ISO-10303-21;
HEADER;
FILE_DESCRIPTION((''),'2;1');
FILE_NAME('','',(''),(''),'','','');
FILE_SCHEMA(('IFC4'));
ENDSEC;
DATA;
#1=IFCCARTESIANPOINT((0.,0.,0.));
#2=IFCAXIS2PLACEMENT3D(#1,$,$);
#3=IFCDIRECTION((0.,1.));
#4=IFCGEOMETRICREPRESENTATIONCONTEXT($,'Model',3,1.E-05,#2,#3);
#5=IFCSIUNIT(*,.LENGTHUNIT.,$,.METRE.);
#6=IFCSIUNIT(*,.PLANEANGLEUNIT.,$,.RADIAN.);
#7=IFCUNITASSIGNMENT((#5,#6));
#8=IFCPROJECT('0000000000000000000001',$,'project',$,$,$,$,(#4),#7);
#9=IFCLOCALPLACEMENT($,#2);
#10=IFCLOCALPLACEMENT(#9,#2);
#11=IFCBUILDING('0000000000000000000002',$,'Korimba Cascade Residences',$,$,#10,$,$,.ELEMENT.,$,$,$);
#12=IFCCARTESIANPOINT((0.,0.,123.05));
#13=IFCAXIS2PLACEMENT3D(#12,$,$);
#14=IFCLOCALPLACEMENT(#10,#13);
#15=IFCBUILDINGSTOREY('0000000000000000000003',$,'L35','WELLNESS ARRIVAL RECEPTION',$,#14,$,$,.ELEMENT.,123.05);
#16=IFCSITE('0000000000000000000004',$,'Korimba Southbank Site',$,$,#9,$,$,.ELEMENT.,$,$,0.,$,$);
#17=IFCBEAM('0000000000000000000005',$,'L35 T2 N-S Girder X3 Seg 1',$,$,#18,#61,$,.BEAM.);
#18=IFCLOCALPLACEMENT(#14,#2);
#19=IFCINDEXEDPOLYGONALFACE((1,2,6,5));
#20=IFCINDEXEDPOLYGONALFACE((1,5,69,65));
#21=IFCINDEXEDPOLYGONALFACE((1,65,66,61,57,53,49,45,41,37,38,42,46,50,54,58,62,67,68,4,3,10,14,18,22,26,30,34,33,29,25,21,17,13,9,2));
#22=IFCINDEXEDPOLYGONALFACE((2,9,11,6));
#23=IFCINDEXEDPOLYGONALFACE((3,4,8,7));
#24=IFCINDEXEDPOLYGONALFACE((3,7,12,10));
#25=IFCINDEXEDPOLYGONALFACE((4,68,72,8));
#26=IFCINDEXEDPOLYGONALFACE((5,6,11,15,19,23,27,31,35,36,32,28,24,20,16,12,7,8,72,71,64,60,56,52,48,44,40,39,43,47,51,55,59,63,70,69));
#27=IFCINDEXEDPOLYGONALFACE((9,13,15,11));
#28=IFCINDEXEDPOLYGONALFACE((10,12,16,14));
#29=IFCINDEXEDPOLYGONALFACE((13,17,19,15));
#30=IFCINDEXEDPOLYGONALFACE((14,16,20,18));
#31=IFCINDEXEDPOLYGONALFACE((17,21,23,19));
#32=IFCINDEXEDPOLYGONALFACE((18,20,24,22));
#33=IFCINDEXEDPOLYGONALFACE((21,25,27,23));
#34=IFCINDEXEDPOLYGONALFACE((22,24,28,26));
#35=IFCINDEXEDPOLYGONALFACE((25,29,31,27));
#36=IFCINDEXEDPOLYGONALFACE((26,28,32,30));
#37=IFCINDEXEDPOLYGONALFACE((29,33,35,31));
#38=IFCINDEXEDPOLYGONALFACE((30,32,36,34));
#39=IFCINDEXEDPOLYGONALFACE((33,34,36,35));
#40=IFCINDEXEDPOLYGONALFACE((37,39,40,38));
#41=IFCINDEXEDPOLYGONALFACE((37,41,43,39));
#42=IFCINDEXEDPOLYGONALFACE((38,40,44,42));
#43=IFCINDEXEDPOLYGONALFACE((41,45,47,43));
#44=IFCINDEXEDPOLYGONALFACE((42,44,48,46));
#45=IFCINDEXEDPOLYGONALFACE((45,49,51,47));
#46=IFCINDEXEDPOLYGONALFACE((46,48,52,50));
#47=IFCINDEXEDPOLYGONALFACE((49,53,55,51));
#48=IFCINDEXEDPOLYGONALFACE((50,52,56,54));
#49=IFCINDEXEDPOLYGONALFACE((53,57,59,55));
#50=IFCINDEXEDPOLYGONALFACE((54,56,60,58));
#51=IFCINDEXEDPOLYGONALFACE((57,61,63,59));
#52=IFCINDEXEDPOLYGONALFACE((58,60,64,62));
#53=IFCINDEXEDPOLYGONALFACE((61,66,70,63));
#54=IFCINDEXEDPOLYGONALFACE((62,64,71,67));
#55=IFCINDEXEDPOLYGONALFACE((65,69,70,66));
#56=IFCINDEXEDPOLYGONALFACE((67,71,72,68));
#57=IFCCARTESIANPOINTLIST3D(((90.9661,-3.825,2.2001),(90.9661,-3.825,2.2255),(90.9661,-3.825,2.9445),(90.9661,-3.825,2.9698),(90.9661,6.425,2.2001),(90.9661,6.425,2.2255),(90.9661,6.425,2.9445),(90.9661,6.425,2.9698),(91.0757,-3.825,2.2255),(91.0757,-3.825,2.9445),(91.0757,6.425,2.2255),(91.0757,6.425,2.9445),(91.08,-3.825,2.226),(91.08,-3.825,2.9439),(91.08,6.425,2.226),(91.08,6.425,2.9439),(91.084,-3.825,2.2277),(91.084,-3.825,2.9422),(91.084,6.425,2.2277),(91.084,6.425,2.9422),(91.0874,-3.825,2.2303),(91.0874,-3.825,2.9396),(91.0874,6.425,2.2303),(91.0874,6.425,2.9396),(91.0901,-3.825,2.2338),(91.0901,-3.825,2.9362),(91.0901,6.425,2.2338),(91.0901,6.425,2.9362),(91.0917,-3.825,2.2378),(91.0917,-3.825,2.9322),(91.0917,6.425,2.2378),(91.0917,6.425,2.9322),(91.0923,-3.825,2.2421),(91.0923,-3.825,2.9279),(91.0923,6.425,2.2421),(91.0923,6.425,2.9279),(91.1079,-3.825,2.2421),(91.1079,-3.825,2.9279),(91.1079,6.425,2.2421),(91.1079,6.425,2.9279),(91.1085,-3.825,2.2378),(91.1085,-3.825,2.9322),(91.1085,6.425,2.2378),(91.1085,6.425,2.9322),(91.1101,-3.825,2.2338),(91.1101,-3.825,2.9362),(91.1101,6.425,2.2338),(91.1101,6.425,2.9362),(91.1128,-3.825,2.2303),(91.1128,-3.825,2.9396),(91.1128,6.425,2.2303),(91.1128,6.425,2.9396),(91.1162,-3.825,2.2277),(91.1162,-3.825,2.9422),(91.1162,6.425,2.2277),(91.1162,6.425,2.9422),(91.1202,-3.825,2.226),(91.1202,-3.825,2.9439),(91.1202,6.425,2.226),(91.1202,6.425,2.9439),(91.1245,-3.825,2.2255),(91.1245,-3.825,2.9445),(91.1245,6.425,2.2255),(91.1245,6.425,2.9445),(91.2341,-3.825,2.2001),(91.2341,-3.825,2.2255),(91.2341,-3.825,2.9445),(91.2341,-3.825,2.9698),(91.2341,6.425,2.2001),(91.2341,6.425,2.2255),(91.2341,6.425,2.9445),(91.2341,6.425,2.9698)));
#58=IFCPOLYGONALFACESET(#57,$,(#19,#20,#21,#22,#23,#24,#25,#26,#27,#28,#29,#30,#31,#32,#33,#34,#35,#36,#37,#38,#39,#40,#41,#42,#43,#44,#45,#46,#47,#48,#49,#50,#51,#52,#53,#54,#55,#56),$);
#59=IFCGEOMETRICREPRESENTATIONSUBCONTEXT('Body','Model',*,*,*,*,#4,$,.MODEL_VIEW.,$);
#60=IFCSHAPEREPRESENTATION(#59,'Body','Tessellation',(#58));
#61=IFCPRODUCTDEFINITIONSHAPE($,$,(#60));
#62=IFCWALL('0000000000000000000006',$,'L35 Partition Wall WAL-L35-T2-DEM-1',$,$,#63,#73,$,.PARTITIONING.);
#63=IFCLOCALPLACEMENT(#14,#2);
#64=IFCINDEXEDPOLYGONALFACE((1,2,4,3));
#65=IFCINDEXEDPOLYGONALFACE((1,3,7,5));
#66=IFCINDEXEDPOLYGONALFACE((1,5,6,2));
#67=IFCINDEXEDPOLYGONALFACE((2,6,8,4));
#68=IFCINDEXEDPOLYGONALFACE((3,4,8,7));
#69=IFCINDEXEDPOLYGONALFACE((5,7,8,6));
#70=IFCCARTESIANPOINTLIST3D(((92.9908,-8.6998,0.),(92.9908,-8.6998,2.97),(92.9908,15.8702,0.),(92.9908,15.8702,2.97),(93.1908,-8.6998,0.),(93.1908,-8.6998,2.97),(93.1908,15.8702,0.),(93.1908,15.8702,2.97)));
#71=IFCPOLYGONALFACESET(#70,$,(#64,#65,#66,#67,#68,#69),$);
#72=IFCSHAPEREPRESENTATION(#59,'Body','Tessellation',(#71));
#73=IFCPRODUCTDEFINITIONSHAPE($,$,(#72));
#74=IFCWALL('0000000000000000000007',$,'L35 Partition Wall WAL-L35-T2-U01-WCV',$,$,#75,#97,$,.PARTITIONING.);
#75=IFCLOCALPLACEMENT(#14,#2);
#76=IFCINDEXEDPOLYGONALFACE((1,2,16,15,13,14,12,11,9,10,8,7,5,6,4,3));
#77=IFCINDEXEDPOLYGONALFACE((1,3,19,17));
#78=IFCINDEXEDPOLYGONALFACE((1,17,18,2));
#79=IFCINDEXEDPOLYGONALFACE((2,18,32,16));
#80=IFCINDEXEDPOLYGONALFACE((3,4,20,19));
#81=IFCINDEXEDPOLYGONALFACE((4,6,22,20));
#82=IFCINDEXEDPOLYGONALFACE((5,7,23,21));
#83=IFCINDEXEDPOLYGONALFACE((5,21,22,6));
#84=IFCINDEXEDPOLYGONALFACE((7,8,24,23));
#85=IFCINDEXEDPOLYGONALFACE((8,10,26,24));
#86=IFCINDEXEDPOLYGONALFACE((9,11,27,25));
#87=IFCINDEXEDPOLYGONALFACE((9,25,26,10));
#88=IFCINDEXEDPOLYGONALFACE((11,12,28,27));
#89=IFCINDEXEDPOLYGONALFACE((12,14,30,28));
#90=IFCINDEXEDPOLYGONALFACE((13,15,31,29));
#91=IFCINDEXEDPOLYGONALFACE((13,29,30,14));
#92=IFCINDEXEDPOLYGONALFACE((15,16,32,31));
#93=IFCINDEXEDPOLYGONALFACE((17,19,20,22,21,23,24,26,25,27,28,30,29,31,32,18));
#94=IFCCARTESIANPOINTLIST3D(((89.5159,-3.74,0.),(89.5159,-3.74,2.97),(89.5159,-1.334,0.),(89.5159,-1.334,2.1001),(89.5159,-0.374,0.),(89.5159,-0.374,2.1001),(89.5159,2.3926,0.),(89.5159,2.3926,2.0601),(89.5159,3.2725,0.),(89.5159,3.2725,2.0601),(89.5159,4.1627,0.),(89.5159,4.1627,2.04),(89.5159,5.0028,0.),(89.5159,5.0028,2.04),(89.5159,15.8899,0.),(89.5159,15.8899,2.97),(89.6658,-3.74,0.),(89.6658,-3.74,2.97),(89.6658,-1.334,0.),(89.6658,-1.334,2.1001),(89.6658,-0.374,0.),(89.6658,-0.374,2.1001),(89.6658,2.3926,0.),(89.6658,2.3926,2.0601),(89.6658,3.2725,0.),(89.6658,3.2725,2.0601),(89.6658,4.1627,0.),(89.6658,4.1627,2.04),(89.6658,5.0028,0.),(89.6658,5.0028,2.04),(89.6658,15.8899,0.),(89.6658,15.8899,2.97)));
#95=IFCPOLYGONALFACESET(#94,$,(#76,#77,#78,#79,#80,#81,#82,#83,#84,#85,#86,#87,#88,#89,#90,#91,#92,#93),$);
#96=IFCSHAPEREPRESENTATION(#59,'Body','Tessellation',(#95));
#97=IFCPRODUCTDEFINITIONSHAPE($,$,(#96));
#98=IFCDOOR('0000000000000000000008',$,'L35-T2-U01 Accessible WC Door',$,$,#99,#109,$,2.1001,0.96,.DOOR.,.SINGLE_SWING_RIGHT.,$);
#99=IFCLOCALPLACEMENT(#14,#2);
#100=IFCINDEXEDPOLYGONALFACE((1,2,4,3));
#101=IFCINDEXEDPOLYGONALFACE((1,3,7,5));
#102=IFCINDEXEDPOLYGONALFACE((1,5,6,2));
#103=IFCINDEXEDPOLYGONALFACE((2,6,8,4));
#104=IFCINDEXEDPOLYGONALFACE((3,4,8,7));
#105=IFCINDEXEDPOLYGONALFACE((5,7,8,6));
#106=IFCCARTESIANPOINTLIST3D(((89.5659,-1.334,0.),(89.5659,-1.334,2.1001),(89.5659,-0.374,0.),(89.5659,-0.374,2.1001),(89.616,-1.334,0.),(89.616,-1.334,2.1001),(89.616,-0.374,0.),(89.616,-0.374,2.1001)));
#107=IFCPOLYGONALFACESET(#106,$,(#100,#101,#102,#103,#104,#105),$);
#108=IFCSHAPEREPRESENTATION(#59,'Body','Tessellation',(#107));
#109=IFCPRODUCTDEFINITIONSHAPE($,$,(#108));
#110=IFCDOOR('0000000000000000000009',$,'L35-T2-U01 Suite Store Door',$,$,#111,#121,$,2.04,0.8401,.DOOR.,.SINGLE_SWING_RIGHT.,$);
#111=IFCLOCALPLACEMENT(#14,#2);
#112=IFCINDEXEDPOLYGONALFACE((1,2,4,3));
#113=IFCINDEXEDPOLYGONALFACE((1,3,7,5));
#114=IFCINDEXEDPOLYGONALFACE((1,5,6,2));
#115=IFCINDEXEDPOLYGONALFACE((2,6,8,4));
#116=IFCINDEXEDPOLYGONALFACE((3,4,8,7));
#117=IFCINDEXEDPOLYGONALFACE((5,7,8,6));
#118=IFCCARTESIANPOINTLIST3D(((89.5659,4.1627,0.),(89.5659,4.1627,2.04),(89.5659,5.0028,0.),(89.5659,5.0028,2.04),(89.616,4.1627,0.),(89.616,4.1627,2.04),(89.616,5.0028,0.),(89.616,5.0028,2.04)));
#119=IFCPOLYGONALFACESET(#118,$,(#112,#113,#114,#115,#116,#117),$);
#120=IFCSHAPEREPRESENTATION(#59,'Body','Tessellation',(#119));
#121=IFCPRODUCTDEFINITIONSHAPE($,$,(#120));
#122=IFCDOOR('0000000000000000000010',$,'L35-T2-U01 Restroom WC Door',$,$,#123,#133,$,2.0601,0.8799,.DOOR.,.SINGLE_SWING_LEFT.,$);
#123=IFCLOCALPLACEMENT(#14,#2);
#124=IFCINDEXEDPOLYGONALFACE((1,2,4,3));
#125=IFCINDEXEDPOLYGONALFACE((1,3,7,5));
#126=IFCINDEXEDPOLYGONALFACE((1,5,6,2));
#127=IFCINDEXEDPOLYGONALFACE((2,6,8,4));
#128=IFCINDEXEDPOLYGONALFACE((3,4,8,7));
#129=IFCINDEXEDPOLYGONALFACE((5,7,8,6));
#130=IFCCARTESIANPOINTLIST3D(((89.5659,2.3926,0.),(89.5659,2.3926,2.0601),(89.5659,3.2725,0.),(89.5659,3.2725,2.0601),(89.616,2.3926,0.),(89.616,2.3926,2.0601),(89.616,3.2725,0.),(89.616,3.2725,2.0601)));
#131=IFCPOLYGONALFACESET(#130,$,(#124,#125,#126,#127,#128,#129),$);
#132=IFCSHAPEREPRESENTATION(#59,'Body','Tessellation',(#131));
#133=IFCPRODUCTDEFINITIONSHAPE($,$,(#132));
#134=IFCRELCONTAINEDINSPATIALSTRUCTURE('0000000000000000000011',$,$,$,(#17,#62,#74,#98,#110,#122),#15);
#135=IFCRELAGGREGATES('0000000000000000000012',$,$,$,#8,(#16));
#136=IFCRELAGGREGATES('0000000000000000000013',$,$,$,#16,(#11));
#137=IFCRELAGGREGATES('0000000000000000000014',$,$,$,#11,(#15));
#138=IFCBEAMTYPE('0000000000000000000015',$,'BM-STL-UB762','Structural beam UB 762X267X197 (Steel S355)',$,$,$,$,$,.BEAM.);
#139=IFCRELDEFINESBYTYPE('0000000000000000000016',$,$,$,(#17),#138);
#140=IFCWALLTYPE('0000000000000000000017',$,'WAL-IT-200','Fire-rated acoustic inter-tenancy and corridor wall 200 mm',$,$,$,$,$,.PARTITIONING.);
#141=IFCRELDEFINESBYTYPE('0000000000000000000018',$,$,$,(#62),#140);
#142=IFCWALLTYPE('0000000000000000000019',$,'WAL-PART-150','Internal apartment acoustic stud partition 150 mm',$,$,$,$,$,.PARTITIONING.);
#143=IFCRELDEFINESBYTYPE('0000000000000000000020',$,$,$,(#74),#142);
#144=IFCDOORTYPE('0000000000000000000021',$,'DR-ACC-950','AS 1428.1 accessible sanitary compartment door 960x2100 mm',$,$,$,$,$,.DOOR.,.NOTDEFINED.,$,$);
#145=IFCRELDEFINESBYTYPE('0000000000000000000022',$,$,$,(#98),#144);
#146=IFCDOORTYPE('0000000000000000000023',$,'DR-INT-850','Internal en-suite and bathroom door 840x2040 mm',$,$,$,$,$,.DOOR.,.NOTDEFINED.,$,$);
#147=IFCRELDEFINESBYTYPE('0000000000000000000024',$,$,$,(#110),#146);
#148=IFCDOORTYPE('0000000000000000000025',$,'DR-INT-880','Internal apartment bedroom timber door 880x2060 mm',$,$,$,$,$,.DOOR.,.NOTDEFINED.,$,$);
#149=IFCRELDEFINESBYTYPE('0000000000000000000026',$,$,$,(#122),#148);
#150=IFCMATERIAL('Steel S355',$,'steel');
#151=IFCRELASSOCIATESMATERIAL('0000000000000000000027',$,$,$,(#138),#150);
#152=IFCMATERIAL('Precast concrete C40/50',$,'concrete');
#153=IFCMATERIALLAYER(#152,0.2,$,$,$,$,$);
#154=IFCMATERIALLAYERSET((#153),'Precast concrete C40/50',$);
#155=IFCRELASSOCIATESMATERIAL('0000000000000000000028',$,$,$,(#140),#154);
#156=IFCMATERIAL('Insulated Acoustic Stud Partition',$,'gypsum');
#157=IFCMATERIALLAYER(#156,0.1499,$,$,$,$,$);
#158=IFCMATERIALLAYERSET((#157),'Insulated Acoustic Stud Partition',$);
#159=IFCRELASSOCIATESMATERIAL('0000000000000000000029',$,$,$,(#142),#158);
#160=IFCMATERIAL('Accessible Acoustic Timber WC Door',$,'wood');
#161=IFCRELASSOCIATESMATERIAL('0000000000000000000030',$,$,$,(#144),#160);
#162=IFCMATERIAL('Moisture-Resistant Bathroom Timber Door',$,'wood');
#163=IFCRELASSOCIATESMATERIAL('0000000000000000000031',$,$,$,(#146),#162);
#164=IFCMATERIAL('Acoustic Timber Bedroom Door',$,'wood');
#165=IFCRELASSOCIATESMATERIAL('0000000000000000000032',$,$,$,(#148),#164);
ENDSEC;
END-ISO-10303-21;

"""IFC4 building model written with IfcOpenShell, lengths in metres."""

from ifc_helpers import new_model, si_unit, direction, frame, frame_2d, origin, origin_2d, place, context, subcontext, project, spatial, rectangle, i_section, extrude, material, layer, layer_set, material_profile, profile_set, type_object, element, fill, save


model = new_model("IFC4")

# Units and contexts
model_context = context("Model", 3, precision=1e-05, world=origin(), true_north=direction((0.0, 1.0)))
body_context = subcontext(model_context, "Body", "Model", "MODEL_VIEW")
ifc_project = project(units=[si_unit("LENGTHUNIT", "METRE"), si_unit("PLANEANGLEUNIT", "RADIAN")], contexts=[model_context])

# Site, building, storey
site_placement = place(None, origin())
site = spatial("IfcSite", under=ifc_project, at=site_placement, Name="Korimba Southbank Site", CompositionType="ELEMENT", RefElevation=0.0)
building_placement = place(site_placement, origin())
building = spatial("IfcBuilding", under=site, at=building_placement, Name="Korimba Cascade Residences", CompositionType="ELEMENT")
storey_placement = place(building_placement, frame((0.0, 0.0, 123.05)))
storey = spatial("IfcBuildingStorey", under=building, at=storey_placement, Name="L35", Description="WELLNESS ARRIVAL RECEPTION", CompositionType="ELEMENT", Elevation=123.05)

# Beam
ifc_material_1 = material(Name="Steel S355", Category="steel")
ifc_material_profile_1 = material_profile(ifc_material_1, i_section(OverallWidth=0.2681, OverallDepth=0.7698, WebThickness=0.0156, FlangeThickness=0.0254, FilletRadius=0.0166, at=origin_2d()), Name="Steel S355")
ifc_profile_set_1 = profile_set([ifc_material_profile_1], Name="Steel S355")
beam_type_1 = type_object("IfcBeamType", Name="BM-STL-UB762", Description="Structural beam UB 762X267X197 (Steel S355)", PredefinedType="BEAM", material=ifc_profile_set_1)
for number, where, z_axis, x_axis, name in (
    (1, (91.1001, -3.825, 2.585), (0.0, 1.0, 0.0), (-1.0, 0.0, 0.0), "L35 T2 N-S Girder X3 Seg 1"),
):
    element("IfcBeam", number, at=place(storey_placement, frame(where, z_axis=z_axis, x_axis=x_axis)), inside=storey, type_object=beam_type_1, Name=name, PredefinedType="BEAM", context=body_context, shape_type="SweptSolid", body=[
        extrude(i_section(OverallWidth=0.2681, OverallDepth=0.7698, WebThickness=0.0156, FlangeThickness=0.0254, FilletRadius=0.0166, at=origin_2d()), origin(), (0.0, 0.0, 1.0), 10.25),
    ])

# Wall
ifc_material_2 = material(Name="Precast concrete C40/50", Category="concrete")
ifc_layer_1 = layer(ifc_material_2, 0.2)
ifc_layer_set_1 = layer_set([ifc_layer_1], Name="Precast concrete C40/50")
wall_type_1 = type_object("IfcWallType", Name="WAL-IT-200", Description="Fire-rated acoustic inter-tenancy and corridor wall 200 mm", PredefinedType="PARTITIONING", material=ifc_layer_set_1)
wall_1_placement = place(storey_placement, frame((93.0908, -8.7, 0.0), z_axis=(0.0, 0.0, 1.0), x_axis=(0.0, 1.0, 0.0)))
element("IfcWall", 2, at=wall_1_placement, inside=storey, type_object=wall_type_1, Name="L35 Partition Wall WAL-L35-T2-DEM-1", PredefinedType="PARTITIONING", context=body_context, shape_type="SweptSolid", body=[
    extrude(rectangle(XDim=24.5701, YDim=0.2, at=frame_2d((12.2852, 0.0))), origin(), (0.0, 0.0, 1.0), 2.97),
])

# Wall, openings, doors
ifc_material_3 = material(Name="Insulated Acoustic Stud Partition", Category="gypsum")
ifc_layer_2 = layer(ifc_material_3, 0.1499)
ifc_layer_set_2 = layer_set([ifc_layer_2], Name="Insulated Acoustic Stud Partition")
wall_type_2 = type_object("IfcWallType", Name="WAL-PART-150", Description="Internal apartment acoustic stud partition 150 mm", PredefinedType="PARTITIONING", material=ifc_layer_set_2)
wall_2_placement = place(storey_placement, frame((89.5908, -3.74, 0.0), z_axis=(0.0, 0.0, 1.0), x_axis=(0.0, 1.0, 0.0)))
wall_2 = element("IfcWall", 3, at=wall_2_placement, inside=storey, type_object=wall_type_2, Name="L35 Partition Wall WAL-L35-T2-U01-WCV", PredefinedType="PARTITIONING", context=body_context, shape_type="SweptSolid", body=[
    extrude(rectangle(XDim=19.6299, YDim=0.1499, at=frame_2d((9.8149, 0.0))), origin(), (0.0, 0.0, 1.0), 2.97),
])
opening_1_placement = place(wall_2_placement, frame((2.406, 0.0, 0.0)))
opening_1 = element("IfcOpeningElement", 4, at=opening_1_placement, cuts=wall_2, PredefinedType="OPENING", context=body_context, shape_type="SweptSolid", body=[
    extrude(rectangle(XDim=0.96, YDim=2.1001, at=frame_2d((0.48, 1.05))), frame((0.0, 0.085, 0.0), z_axis=(0.0, -1.0, 0.0), x_axis=(1.0, 0.0, 0.0)), (0.0, 0.0, 1.0), 0.1699),
])
opening_2_placement = place(wall_2_placement, frame((6.1326, 0.0, 0.0)))
opening_2 = element("IfcOpeningElement", 5, at=opening_2_placement, cuts=wall_2, PredefinedType="OPENING", context=body_context, shape_type="SweptSolid", body=[
    extrude(rectangle(XDim=0.8799, YDim=2.0601, at=frame_2d((0.4399, 1.03))), frame((0.0, 0.085, 0.0), z_axis=(0.0, -1.0, 0.0), x_axis=(1.0, 0.0, 0.0)), (0.0, 0.0, 1.0), 0.1699),
])
opening_3_placement = place(wall_2_placement, frame((7.9028, 0.0, 0.0)))
opening_3 = element("IfcOpeningElement", 6, at=opening_3_placement, cuts=wall_2, PredefinedType="OPENING", context=body_context, shape_type="SweptSolid", body=[
    extrude(rectangle(XDim=0.8401, YDim=2.04, at=frame_2d((0.4199, 1.02))), frame((0.0, 0.085, 0.0), z_axis=(0.0, -1.0, 0.0), x_axis=(1.0, 0.0, 0.0)), (0.0, 0.0, 1.0), 0.1699),
])
ifc_material_4 = material(Name="Accessible Acoustic Timber WC Door", Category="wood")
door_type_1 = type_object("IfcDoorType", Name="DR-ACC-950", Description="AS 1428.1 accessible sanitary compartment door 960x2100 mm", OperationType="NOTDEFINED", PredefinedType="DOOR", material=ifc_material_4)
door_1_placement = place(opening_1_placement, origin())
door_1 = element("IfcDoor", 7, at=door_1_placement, inside=storey, type_object=door_type_1, Name="L35-T2-U01 Accessible WC Door", OperationType="SINGLE_SWING_RIGHT", OverallHeight=2.1001, OverallWidth=0.96, PredefinedType="DOOR", context=body_context, shape_type="SweptSolid", body=[
    extrude(rectangle(XDim=0.96, YDim=2.1001, at=frame_2d((0.48, 1.05))), frame((0.0, 0.0249, 0.0), z_axis=(0.0, -1.0, 0.0), x_axis=(1.0, 0.0, 0.0)), (0.0, 0.0, 1.0), 0.05),
])
fill(opening_1, door_1)
ifc_material_5 = material(Name="Moisture-Resistant Bathroom Timber Door", Category="wood")
door_type_2 = type_object("IfcDoorType", Name="DR-INT-850", Description="Internal en-suite and bathroom door 840x2040 mm", OperationType="NOTDEFINED", PredefinedType="DOOR", material=ifc_material_5)
door_2_placement = place(opening_3_placement, origin())
door_2 = element("IfcDoor", 8, at=door_2_placement, inside=storey, type_object=door_type_2, Name="L35-T2-U01 Suite Store Door", OperationType="SINGLE_SWING_RIGHT", OverallHeight=2.04, OverallWidth=0.8401, PredefinedType="DOOR", context=body_context, shape_type="SweptSolid", body=[
    extrude(rectangle(XDim=0.8401, YDim=2.04, at=frame_2d((0.4199, 1.02))), frame((0.0, 0.0249, 0.0), z_axis=(0.0, -1.0, 0.0), x_axis=(1.0, 0.0, 0.0)), (0.0, 0.0, 1.0), 0.05),
])
fill(opening_3, door_2)
ifc_material_6 = material(Name="Acoustic Timber Bedroom Door", Category="wood")
door_type_3 = type_object("IfcDoorType", Name="DR-INT-880", Description="Internal apartment bedroom timber door 880x2060 mm", OperationType="NOTDEFINED", PredefinedType="DOOR", material=ifc_material_6)
door_3_placement = place(opening_2_placement, origin())
door_3 = element("IfcDoor", 9, at=door_3_placement, inside=storey, type_object=door_type_3, Name="L35-T2-U01 Restroom WC Door", OperationType="SINGLE_SWING_LEFT", OverallHeight=2.0601, OverallWidth=0.8799, PredefinedType="DOOR", context=body_context, shape_type="SweptSolid", body=[
    extrude(rectangle(XDim=0.8799, YDim=2.0601, at=frame_2d((0.4399, 1.03))), frame((0.0, 0.0249, 0.0), z_axis=(0.0, -1.0, 0.0), x_axis=(1.0, 0.0, 0.0)), (0.0, 0.0, 1.0), 0.05),
])
fill(opening_2, door_3)

save(model, "model.ifc")
